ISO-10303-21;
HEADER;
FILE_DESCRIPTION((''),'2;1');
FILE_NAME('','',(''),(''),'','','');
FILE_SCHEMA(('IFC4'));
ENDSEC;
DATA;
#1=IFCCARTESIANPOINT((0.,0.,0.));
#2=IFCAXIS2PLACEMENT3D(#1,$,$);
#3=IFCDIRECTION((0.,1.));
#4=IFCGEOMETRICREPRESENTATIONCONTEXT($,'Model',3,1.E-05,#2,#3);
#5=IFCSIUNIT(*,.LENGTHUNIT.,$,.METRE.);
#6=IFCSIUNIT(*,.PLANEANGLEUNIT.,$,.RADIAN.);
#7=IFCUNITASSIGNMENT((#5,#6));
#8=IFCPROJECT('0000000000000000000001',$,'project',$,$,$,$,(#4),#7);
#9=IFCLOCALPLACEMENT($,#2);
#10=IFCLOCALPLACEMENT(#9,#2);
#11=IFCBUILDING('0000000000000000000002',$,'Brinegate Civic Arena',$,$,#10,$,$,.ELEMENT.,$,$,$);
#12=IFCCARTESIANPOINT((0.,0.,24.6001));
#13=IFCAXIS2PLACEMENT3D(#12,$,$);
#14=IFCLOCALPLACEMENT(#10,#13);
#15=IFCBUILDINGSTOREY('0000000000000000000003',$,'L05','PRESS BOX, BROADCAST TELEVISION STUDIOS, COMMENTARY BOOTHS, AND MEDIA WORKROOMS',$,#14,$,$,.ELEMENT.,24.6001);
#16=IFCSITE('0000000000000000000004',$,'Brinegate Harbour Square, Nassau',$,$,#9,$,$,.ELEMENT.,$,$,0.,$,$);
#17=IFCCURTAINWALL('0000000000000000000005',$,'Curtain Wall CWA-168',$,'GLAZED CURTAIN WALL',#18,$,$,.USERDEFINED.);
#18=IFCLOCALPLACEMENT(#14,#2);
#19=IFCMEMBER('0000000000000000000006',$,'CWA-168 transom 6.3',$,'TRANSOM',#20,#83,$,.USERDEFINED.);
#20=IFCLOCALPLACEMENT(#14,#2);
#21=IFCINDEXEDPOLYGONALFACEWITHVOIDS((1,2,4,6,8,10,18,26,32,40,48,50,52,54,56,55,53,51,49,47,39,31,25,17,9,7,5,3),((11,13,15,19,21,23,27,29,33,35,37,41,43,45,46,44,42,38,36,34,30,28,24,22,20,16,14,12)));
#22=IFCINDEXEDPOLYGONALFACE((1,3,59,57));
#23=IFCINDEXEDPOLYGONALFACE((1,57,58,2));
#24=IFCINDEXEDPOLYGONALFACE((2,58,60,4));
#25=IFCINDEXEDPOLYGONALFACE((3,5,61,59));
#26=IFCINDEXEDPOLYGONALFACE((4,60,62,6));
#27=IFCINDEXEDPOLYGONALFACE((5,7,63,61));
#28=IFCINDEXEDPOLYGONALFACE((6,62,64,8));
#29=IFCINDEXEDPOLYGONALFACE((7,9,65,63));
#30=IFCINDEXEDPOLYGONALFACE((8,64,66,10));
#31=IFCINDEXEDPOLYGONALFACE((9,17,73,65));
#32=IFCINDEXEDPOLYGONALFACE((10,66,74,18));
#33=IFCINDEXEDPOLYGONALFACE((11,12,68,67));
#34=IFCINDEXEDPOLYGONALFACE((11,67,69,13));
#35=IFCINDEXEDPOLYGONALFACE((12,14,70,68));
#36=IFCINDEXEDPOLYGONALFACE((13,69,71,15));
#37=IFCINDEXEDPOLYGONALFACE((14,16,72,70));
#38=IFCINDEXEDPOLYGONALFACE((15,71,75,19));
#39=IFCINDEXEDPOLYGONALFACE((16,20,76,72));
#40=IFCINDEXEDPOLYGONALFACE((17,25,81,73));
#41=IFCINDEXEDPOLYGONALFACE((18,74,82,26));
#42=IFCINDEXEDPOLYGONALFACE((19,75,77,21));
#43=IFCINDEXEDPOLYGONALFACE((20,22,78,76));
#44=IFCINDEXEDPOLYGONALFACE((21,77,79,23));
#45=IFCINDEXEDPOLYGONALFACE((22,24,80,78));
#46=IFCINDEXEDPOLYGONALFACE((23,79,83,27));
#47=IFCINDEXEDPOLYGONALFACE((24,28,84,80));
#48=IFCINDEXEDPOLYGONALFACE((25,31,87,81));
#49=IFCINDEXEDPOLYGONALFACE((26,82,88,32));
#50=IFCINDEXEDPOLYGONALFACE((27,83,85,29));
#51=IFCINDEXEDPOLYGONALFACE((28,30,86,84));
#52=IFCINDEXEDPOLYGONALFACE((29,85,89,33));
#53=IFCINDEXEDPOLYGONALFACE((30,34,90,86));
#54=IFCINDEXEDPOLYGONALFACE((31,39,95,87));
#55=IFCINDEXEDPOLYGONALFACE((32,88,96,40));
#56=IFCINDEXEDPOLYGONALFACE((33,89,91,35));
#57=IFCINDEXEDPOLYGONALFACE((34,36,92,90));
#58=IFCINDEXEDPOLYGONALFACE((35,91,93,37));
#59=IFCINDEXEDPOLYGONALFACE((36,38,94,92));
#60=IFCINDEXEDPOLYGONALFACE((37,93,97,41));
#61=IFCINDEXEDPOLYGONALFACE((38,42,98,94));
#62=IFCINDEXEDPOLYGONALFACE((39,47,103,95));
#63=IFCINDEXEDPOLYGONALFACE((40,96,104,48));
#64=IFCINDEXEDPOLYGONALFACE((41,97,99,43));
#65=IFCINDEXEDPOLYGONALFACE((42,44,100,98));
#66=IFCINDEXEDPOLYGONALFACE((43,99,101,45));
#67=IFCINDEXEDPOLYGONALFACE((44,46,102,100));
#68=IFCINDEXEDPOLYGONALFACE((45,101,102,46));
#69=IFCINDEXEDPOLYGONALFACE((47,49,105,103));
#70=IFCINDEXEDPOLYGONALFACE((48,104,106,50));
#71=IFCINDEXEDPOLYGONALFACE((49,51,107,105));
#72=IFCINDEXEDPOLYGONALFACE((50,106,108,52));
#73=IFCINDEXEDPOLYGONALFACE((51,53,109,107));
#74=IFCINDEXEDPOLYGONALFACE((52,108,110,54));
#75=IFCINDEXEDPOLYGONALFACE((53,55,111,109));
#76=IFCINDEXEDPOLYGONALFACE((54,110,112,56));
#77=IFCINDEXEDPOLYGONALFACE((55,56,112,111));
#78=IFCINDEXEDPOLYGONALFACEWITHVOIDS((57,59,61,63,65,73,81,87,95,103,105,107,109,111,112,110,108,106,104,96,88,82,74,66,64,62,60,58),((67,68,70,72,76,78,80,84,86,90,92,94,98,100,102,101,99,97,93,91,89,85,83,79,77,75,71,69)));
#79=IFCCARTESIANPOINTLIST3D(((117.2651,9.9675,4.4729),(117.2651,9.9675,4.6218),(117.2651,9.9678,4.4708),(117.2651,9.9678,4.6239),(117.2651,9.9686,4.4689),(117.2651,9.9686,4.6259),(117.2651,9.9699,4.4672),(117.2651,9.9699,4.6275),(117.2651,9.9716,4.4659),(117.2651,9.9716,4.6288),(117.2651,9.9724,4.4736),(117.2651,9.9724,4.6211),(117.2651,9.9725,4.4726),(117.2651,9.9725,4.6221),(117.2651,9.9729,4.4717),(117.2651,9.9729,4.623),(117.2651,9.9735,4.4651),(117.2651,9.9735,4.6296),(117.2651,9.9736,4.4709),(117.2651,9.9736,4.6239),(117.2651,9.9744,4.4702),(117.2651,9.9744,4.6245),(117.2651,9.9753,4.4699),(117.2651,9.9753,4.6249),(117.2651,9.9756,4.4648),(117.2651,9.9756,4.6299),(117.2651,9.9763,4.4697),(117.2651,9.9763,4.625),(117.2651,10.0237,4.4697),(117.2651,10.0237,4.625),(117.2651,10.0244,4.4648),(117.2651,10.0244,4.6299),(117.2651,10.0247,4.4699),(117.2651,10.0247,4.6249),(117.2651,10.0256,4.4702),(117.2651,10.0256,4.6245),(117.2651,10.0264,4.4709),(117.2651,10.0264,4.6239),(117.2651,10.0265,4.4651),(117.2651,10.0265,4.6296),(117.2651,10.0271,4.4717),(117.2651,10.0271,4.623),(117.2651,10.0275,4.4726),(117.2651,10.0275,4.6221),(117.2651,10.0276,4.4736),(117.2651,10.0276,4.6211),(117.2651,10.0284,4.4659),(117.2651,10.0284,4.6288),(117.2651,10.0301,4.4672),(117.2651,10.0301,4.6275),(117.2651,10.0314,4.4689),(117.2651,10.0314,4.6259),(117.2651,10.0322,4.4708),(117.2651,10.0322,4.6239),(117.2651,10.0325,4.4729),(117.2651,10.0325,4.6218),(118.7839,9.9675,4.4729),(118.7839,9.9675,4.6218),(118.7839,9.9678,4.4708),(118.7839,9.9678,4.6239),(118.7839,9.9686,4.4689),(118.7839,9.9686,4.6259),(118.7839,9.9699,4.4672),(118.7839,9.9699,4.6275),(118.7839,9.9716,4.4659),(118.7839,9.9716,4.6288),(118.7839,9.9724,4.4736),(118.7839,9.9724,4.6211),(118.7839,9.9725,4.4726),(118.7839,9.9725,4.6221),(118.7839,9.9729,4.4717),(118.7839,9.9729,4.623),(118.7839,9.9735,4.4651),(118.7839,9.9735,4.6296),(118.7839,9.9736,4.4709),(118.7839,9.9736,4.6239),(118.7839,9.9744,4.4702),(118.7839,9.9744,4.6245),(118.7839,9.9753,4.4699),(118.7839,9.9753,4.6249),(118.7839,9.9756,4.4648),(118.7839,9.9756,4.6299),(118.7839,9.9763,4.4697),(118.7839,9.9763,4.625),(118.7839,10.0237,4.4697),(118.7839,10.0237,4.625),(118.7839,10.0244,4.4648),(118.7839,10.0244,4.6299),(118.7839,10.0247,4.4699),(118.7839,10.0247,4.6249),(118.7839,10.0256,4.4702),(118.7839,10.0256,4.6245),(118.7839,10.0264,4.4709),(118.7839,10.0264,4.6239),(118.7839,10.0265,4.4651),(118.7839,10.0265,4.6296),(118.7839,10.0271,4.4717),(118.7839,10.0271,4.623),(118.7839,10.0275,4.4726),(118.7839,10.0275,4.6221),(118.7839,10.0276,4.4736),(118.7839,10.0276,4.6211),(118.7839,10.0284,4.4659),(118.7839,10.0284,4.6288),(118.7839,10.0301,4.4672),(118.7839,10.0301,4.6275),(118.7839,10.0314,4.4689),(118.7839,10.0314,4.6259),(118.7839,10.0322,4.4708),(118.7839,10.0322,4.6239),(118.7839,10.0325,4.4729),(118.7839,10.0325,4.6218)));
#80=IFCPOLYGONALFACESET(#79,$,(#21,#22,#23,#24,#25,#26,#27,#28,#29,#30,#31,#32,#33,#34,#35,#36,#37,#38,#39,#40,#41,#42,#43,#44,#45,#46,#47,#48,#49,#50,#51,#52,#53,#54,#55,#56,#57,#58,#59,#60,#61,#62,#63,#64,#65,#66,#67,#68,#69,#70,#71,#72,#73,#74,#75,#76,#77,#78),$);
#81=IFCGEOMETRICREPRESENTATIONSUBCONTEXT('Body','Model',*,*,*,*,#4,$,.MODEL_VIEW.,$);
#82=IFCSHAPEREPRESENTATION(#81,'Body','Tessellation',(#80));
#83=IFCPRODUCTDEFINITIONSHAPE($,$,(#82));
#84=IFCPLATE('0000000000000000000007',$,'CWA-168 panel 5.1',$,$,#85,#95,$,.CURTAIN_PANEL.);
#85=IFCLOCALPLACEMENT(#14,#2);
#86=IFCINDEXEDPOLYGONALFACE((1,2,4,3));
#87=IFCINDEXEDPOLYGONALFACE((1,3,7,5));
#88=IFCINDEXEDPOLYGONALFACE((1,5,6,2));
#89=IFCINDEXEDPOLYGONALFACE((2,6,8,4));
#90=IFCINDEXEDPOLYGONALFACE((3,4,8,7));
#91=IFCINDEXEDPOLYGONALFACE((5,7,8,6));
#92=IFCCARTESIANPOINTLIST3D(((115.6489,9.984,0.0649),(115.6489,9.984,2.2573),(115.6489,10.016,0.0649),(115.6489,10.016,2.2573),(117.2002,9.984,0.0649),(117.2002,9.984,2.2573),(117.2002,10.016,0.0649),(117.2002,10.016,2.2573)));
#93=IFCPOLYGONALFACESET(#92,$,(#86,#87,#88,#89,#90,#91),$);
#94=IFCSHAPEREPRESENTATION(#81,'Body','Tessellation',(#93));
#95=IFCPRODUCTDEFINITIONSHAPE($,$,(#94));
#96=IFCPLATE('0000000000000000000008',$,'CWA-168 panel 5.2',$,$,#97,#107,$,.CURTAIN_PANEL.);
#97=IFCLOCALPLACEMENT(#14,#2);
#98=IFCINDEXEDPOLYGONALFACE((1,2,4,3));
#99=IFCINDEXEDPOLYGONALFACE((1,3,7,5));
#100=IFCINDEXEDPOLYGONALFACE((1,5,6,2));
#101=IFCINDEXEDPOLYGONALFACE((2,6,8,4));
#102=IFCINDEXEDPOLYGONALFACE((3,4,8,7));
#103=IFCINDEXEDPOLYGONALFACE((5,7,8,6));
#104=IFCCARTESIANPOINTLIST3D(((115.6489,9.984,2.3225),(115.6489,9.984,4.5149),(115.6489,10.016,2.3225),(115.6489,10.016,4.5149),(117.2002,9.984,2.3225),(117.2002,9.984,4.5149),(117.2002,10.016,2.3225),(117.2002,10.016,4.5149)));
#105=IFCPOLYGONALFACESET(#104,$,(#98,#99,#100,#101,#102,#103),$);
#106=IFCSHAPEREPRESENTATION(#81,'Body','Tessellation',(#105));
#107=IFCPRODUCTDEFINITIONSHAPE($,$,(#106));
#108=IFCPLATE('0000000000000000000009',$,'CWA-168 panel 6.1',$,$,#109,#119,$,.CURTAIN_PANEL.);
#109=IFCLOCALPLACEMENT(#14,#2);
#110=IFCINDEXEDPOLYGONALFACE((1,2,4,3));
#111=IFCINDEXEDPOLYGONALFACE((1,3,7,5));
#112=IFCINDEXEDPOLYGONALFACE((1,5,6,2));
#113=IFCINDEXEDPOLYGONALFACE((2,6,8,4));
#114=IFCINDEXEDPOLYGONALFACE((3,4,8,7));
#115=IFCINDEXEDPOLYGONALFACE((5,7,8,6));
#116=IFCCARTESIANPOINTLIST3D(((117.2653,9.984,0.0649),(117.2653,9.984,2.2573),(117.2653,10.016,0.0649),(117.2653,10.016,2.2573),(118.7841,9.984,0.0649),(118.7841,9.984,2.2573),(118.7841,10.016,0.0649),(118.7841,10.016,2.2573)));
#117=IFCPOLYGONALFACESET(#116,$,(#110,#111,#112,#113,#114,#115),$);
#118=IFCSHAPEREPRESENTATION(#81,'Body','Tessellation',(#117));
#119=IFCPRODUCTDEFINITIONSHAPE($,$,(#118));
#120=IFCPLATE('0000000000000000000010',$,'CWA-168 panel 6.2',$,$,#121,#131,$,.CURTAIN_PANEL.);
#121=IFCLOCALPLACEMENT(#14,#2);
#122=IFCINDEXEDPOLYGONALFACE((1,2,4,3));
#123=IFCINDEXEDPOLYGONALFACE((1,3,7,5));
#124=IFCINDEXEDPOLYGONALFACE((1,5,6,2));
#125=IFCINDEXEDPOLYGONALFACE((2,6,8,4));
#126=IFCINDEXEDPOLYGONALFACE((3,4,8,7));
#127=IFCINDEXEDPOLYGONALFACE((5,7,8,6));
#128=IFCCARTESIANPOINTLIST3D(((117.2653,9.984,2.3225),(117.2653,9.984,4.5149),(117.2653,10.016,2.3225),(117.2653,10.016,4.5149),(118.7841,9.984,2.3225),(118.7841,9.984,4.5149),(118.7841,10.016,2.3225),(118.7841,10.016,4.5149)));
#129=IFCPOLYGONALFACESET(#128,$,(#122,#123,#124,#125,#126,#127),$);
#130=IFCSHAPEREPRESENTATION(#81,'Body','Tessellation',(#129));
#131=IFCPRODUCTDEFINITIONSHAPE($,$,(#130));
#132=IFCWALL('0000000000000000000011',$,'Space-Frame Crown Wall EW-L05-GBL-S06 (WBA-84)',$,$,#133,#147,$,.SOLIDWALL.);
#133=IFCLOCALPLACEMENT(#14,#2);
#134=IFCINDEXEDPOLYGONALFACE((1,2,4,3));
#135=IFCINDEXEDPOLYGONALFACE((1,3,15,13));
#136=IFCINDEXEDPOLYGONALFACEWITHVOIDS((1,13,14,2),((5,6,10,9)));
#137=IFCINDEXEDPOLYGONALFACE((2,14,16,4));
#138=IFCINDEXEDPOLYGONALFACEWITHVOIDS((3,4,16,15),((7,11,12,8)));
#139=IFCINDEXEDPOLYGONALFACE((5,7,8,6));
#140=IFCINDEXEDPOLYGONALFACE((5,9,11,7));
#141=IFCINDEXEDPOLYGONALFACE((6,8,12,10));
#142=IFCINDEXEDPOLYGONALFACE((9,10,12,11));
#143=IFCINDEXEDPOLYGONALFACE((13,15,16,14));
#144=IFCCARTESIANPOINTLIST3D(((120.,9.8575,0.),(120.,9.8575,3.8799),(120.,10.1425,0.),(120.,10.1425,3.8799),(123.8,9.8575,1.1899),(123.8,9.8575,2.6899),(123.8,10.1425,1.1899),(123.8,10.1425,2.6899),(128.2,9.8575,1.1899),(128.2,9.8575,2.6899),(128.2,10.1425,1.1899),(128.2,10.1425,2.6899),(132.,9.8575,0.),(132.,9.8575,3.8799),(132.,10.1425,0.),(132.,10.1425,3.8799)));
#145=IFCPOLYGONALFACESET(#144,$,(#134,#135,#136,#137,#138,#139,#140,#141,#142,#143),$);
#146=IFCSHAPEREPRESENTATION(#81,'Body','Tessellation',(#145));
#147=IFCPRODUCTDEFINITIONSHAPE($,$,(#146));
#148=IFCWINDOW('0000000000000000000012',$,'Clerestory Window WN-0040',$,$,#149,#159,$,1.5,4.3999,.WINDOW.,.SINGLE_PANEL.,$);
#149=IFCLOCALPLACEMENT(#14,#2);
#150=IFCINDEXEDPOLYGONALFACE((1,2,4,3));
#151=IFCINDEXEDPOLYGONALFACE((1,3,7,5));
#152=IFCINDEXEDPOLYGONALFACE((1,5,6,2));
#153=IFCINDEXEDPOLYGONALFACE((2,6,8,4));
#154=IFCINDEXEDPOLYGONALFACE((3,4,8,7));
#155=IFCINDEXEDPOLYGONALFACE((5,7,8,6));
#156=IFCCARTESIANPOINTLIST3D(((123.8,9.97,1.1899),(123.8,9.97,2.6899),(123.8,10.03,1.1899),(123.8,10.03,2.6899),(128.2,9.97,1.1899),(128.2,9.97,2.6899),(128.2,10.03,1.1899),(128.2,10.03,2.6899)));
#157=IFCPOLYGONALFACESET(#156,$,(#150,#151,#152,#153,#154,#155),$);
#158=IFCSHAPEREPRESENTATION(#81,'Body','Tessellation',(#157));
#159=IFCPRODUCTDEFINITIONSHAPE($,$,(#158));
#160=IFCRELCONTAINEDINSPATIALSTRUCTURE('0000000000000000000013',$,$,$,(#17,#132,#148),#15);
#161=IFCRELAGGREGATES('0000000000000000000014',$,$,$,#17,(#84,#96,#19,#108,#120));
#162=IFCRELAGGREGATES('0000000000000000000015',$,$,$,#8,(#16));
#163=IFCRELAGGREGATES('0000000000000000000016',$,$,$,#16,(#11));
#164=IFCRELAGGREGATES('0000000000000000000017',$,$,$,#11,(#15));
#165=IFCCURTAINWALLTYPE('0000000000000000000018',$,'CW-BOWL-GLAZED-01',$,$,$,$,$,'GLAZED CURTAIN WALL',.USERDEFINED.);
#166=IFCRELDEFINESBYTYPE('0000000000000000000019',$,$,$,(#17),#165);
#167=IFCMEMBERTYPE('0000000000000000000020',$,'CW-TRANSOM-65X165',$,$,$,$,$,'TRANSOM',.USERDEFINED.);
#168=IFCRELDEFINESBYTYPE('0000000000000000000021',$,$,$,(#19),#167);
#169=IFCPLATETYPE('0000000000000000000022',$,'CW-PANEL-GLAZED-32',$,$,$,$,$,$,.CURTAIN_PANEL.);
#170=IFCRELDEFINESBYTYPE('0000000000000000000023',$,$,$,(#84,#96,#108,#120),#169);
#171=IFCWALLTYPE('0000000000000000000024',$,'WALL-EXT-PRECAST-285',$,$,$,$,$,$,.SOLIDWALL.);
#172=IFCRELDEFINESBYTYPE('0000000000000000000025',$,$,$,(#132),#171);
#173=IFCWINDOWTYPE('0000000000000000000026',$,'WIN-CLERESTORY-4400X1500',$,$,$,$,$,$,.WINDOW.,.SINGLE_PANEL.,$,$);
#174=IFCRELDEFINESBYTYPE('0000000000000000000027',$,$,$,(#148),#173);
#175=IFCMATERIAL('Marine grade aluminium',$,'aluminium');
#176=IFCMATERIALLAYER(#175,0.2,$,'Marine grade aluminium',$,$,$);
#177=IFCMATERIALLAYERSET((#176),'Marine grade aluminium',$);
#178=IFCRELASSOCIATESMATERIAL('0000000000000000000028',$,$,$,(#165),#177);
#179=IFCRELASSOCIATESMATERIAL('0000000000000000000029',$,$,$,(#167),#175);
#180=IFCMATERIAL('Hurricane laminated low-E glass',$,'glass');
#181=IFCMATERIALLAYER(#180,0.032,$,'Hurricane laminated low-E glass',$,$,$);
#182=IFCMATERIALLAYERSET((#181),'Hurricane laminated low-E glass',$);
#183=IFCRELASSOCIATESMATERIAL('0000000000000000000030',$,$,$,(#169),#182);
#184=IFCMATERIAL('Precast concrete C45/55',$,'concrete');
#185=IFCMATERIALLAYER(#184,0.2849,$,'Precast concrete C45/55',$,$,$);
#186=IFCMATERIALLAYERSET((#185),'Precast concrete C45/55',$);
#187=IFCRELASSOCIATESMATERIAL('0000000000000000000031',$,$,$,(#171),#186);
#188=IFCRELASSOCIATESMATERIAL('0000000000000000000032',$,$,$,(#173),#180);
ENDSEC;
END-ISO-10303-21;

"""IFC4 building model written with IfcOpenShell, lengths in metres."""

from ifc_helpers import new_model, si_unit, direction, frame, frame_2d, origin, origin_2d, place, context, subcontext, project, spatial, rectangle, hollow_rectangle, extrude, material, layer, layer_set, material_profile, profile_set, type_object, element, fill, aggregate, save


model = new_model("IFC4")

# Units and contexts
model_context = context("Model", 3, precision=1e-05, world=origin(), true_north=direction((0.0, 1.0)))
body_context = subcontext(model_context, "Body", "Model", "MODEL_VIEW")
ifc_project = project(units=[si_unit("LENGTHUNIT", "METRE"), si_unit("PLANEANGLEUNIT", "RADIAN")], contexts=[model_context])

# Site, building, storey
site_placement = place(None, origin())
site = spatial("IfcSite", under=ifc_project, at=site_placement, Name="Brinegate Harbour Square, Nassau", CompositionType="ELEMENT", RefElevation=0.0)
building_placement = place(site_placement, origin())
building = spatial("IfcBuilding", under=site, at=building_placement, Name="Brinegate Civic Arena", CompositionType="ELEMENT")
storey_placement = place(building_placement, frame((0.0, 0.0, 24.6001)))
storey = spatial("IfcBuildingStorey", under=building, at=storey_placement, Name="L05", Description="PRESS BOX, BROADCAST TELEVISION STUDIOS, COMMENTARY BOOTHS, AND MEDIA WORKROOMS", CompositionType="ELEMENT", Elevation=24.6001)

# Curtain wall, member, plates
ifc_material_1 = material(Name="Marine grade aluminium", Category="aluminium")
ifc_layer_1 = layer(ifc_material_1, 0.2, Name="Marine grade aluminium")
ifc_layer_set_1 = layer_set([ifc_layer_1], Name="Marine grade aluminium")
curtain_wall_type = type_object("IfcCurtainWallType", Name="CW-BOWL-GLAZED-01", ElementType="GLAZED CURTAIN WALL", PredefinedType="USERDEFINED", material=ifc_layer_set_1)
curtain_wall_placement = place(storey_placement, origin())
curtain_wall = element("IfcCurtainWall", 1, at=curtain_wall_placement, inside=storey, type_object=curtain_wall_type, Name="Curtain Wall CWA-168", ObjectType="GLAZED CURTAIN WALL", PredefinedType="USERDEFINED")
ifc_material_profile_1 = material_profile(ifc_material_1, hollow_rectangle(XDim=0.0649, YDim=0.165, WallThickness=0.0049, InnerFilletRadius=0.0039, OuterFilletRadius=0.0081, at=origin_2d()), Name="TRN65X165")
ifc_profile_set_1 = profile_set([ifc_material_profile_1], Name="Marine grade aluminium")
member_type_1 = type_object("IfcMemberType", Name="CW-TRANSOM-65X165", ElementType="TRANSOM", PredefinedType="USERDEFINED", material=ifc_profile_set_1)
member_1_placement = place(storey_placement, frame((117.2651, 10.0, 4.5474), z_axis=(1.0, 0.0, 0.0), x_axis=(0.0, 1.0, 0.0)))
member_1 = element("IfcMember", 2, at=member_1_placement, type_object=member_type_1, Name="CWA-168 transom 6.3", ObjectType="TRANSOM", PredefinedType="USERDEFINED", context=body_context, shape_type="SweptSolid", body=[
    extrude(hollow_rectangle(XDim=0.0649, YDim=0.165, WallThickness=0.0049, InnerFilletRadius=0.0039, OuterFilletRadius=0.0081, at=origin_2d()), origin(), (0.0, 0.0, 1.0), 1.5188),
])
ifc_material_2 = material(Name="Hurricane laminated low-E glass", Category="glass")
ifc_layer_2 = layer(ifc_material_2, 0.032, Name="Hurricane laminated low-E glass")
ifc_layer_set_2 = layer_set([ifc_layer_2], Name="Hurricane laminated low-E glass")
plate_type = type_object("IfcPlateType", Name="CW-PANEL-GLAZED-32", PredefinedType="CURTAIN_PANEL", material=ifc_layer_set_2)
plate_1_placement = place(storey_placement, frame((116.4246, 10.0, 0.0649), z_axis=(0.0, 0.0, 1.0), x_axis=(1.0, 0.0, 0.0)))
plate_1 = element("IfcPlate", 3, at=plate_1_placement, type_object=plate_type, Name="CWA-168 panel 5.1", PredefinedType="CURTAIN_PANEL", context=body_context, shape_type="SweptSolid", body=[
    extrude(rectangle(XDim=1.5513, YDim=0.032, at=origin_2d()), origin(), (0.0, 0.0, 1.0), 2.1924),
])
plate_2_placement = place(storey_placement, frame((116.4246, 10.0, 2.3225), z_axis=(0.0, 0.0, 1.0), x_axis=(1.0, 0.0, 0.0)))
plate_2 = element("IfcPlate", 4, at=plate_2_placement, type_object=plate_type, Name="CWA-168 panel 5.2", PredefinedType="CURTAIN_PANEL", context=body_context, shape_type="SweptSolid", body=[
    extrude(rectangle(XDim=1.5513, YDim=0.032, at=origin_2d()), origin(), (0.0, 0.0, 1.0), 2.1924),
])
plate_3_placement = place(storey_placement, frame((118.0247, 10.0, 0.0649), z_axis=(0.0, 0.0, 1.0), x_axis=(1.0, 0.0, 0.0)))
plate_3 = element("IfcPlate", 5, at=plate_3_placement, type_object=plate_type, Name="CWA-168 panel 6.1", PredefinedType="CURTAIN_PANEL", context=body_context, shape_type="SweptSolid", body=[
    extrude(rectangle(XDim=1.5188, YDim=0.032, at=origin_2d()), origin(), (0.0, 0.0, 1.0), 2.1924),
])
plate_4_placement = place(storey_placement, frame((118.0247, 10.0, 2.3225), z_axis=(0.0, 0.0, 1.0), x_axis=(1.0, 0.0, 0.0)))
plate_4 = element("IfcPlate", 6, at=plate_4_placement, type_object=plate_type, Name="CWA-168 panel 6.2", PredefinedType="CURTAIN_PANEL", context=body_context, shape_type="SweptSolid", body=[
    extrude(rectangle(XDim=1.5188, YDim=0.032, at=origin_2d()), origin(), (0.0, 0.0, 1.0), 2.1924),
])
aggregate(curtain_wall, [plate_1, plate_2, member_1, plate_3, plate_4])

# Wall, opening, window
ifc_material_3 = material(Name="Precast concrete C45/55", Category="concrete")
ifc_layer_3 = layer(ifc_material_3, 0.2849, Name="Precast concrete C45/55")
ifc_layer_set_3 = layer_set([ifc_layer_3], Name="Precast concrete C45/55")
wall_type = type_object("IfcWallType", Name="WALL-EXT-PRECAST-285", PredefinedType="SOLIDWALL", material=ifc_layer_set_3)
wall_placement = place(storey_placement, frame((120.0, 10.0, 0.0), z_axis=(0.0, 0.0, 1.0), x_axis=(1.0, 0.0, 0.0)))
wall = element("IfcWall", 7, at=wall_placement, inside=storey, type_object=wall_type, Name="Space-Frame Crown Wall EW-L05-GBL-S06 (WBA-84)", PredefinedType="SOLIDWALL", context=body_context, shape_type="SweptSolid", body=[
    extrude(rectangle(XDim=12.0, YDim=0.2849, at=frame_2d((6.0, 0.0))), origin(), (0.0, 0.0, 1.0), 3.8799),
])
opening_placement = place(wall_placement, frame((3.8, 0.0, 1.1899)))
opening = element("IfcOpeningElement", 8, at=opening_placement, cuts=wall, PredefinedType="OPENING", context=body_context, shape_type="SweptSolid", body=[
    extrude(rectangle(XDim=4.3999, YDim=1.5, at=frame_2d((2.2, 0.75))), frame((0.0, 0.1523, 0.0), z_axis=(0.0, -1.0, 0.0), x_axis=(1.0, 0.0, 0.0)), (0.0, 0.0, 1.0), 0.3049),
])
window_type = type_object("IfcWindowType", Name="WIN-CLERESTORY-4400X1500", PartitioningType="SINGLE_PANEL", PredefinedType="WINDOW", material=ifc_material_2)
window_placement = place(opening_placement, origin())
window = element("IfcWindow", 9, at=window_placement, inside=storey, type_object=window_type, Name="Clerestory Window WN-0040", OverallHeight=1.5, OverallWidth=4.3999, PartitioningType="SINGLE_PANEL", PredefinedType="WINDOW", context=body_context, shape_type="SweptSolid", body=[
    extrude(rectangle(XDim=4.3999, YDim=1.5, at=frame_2d((2.2, 0.75))), frame((0.0, 0.03, 0.0), z_axis=(0.0, -1.0, 0.0), x_axis=(1.0, 0.0, 0.0)), (0.0, 0.0, 1.0), 0.0601),
])
fill(opening, window)

save(model, "model.ifc")
